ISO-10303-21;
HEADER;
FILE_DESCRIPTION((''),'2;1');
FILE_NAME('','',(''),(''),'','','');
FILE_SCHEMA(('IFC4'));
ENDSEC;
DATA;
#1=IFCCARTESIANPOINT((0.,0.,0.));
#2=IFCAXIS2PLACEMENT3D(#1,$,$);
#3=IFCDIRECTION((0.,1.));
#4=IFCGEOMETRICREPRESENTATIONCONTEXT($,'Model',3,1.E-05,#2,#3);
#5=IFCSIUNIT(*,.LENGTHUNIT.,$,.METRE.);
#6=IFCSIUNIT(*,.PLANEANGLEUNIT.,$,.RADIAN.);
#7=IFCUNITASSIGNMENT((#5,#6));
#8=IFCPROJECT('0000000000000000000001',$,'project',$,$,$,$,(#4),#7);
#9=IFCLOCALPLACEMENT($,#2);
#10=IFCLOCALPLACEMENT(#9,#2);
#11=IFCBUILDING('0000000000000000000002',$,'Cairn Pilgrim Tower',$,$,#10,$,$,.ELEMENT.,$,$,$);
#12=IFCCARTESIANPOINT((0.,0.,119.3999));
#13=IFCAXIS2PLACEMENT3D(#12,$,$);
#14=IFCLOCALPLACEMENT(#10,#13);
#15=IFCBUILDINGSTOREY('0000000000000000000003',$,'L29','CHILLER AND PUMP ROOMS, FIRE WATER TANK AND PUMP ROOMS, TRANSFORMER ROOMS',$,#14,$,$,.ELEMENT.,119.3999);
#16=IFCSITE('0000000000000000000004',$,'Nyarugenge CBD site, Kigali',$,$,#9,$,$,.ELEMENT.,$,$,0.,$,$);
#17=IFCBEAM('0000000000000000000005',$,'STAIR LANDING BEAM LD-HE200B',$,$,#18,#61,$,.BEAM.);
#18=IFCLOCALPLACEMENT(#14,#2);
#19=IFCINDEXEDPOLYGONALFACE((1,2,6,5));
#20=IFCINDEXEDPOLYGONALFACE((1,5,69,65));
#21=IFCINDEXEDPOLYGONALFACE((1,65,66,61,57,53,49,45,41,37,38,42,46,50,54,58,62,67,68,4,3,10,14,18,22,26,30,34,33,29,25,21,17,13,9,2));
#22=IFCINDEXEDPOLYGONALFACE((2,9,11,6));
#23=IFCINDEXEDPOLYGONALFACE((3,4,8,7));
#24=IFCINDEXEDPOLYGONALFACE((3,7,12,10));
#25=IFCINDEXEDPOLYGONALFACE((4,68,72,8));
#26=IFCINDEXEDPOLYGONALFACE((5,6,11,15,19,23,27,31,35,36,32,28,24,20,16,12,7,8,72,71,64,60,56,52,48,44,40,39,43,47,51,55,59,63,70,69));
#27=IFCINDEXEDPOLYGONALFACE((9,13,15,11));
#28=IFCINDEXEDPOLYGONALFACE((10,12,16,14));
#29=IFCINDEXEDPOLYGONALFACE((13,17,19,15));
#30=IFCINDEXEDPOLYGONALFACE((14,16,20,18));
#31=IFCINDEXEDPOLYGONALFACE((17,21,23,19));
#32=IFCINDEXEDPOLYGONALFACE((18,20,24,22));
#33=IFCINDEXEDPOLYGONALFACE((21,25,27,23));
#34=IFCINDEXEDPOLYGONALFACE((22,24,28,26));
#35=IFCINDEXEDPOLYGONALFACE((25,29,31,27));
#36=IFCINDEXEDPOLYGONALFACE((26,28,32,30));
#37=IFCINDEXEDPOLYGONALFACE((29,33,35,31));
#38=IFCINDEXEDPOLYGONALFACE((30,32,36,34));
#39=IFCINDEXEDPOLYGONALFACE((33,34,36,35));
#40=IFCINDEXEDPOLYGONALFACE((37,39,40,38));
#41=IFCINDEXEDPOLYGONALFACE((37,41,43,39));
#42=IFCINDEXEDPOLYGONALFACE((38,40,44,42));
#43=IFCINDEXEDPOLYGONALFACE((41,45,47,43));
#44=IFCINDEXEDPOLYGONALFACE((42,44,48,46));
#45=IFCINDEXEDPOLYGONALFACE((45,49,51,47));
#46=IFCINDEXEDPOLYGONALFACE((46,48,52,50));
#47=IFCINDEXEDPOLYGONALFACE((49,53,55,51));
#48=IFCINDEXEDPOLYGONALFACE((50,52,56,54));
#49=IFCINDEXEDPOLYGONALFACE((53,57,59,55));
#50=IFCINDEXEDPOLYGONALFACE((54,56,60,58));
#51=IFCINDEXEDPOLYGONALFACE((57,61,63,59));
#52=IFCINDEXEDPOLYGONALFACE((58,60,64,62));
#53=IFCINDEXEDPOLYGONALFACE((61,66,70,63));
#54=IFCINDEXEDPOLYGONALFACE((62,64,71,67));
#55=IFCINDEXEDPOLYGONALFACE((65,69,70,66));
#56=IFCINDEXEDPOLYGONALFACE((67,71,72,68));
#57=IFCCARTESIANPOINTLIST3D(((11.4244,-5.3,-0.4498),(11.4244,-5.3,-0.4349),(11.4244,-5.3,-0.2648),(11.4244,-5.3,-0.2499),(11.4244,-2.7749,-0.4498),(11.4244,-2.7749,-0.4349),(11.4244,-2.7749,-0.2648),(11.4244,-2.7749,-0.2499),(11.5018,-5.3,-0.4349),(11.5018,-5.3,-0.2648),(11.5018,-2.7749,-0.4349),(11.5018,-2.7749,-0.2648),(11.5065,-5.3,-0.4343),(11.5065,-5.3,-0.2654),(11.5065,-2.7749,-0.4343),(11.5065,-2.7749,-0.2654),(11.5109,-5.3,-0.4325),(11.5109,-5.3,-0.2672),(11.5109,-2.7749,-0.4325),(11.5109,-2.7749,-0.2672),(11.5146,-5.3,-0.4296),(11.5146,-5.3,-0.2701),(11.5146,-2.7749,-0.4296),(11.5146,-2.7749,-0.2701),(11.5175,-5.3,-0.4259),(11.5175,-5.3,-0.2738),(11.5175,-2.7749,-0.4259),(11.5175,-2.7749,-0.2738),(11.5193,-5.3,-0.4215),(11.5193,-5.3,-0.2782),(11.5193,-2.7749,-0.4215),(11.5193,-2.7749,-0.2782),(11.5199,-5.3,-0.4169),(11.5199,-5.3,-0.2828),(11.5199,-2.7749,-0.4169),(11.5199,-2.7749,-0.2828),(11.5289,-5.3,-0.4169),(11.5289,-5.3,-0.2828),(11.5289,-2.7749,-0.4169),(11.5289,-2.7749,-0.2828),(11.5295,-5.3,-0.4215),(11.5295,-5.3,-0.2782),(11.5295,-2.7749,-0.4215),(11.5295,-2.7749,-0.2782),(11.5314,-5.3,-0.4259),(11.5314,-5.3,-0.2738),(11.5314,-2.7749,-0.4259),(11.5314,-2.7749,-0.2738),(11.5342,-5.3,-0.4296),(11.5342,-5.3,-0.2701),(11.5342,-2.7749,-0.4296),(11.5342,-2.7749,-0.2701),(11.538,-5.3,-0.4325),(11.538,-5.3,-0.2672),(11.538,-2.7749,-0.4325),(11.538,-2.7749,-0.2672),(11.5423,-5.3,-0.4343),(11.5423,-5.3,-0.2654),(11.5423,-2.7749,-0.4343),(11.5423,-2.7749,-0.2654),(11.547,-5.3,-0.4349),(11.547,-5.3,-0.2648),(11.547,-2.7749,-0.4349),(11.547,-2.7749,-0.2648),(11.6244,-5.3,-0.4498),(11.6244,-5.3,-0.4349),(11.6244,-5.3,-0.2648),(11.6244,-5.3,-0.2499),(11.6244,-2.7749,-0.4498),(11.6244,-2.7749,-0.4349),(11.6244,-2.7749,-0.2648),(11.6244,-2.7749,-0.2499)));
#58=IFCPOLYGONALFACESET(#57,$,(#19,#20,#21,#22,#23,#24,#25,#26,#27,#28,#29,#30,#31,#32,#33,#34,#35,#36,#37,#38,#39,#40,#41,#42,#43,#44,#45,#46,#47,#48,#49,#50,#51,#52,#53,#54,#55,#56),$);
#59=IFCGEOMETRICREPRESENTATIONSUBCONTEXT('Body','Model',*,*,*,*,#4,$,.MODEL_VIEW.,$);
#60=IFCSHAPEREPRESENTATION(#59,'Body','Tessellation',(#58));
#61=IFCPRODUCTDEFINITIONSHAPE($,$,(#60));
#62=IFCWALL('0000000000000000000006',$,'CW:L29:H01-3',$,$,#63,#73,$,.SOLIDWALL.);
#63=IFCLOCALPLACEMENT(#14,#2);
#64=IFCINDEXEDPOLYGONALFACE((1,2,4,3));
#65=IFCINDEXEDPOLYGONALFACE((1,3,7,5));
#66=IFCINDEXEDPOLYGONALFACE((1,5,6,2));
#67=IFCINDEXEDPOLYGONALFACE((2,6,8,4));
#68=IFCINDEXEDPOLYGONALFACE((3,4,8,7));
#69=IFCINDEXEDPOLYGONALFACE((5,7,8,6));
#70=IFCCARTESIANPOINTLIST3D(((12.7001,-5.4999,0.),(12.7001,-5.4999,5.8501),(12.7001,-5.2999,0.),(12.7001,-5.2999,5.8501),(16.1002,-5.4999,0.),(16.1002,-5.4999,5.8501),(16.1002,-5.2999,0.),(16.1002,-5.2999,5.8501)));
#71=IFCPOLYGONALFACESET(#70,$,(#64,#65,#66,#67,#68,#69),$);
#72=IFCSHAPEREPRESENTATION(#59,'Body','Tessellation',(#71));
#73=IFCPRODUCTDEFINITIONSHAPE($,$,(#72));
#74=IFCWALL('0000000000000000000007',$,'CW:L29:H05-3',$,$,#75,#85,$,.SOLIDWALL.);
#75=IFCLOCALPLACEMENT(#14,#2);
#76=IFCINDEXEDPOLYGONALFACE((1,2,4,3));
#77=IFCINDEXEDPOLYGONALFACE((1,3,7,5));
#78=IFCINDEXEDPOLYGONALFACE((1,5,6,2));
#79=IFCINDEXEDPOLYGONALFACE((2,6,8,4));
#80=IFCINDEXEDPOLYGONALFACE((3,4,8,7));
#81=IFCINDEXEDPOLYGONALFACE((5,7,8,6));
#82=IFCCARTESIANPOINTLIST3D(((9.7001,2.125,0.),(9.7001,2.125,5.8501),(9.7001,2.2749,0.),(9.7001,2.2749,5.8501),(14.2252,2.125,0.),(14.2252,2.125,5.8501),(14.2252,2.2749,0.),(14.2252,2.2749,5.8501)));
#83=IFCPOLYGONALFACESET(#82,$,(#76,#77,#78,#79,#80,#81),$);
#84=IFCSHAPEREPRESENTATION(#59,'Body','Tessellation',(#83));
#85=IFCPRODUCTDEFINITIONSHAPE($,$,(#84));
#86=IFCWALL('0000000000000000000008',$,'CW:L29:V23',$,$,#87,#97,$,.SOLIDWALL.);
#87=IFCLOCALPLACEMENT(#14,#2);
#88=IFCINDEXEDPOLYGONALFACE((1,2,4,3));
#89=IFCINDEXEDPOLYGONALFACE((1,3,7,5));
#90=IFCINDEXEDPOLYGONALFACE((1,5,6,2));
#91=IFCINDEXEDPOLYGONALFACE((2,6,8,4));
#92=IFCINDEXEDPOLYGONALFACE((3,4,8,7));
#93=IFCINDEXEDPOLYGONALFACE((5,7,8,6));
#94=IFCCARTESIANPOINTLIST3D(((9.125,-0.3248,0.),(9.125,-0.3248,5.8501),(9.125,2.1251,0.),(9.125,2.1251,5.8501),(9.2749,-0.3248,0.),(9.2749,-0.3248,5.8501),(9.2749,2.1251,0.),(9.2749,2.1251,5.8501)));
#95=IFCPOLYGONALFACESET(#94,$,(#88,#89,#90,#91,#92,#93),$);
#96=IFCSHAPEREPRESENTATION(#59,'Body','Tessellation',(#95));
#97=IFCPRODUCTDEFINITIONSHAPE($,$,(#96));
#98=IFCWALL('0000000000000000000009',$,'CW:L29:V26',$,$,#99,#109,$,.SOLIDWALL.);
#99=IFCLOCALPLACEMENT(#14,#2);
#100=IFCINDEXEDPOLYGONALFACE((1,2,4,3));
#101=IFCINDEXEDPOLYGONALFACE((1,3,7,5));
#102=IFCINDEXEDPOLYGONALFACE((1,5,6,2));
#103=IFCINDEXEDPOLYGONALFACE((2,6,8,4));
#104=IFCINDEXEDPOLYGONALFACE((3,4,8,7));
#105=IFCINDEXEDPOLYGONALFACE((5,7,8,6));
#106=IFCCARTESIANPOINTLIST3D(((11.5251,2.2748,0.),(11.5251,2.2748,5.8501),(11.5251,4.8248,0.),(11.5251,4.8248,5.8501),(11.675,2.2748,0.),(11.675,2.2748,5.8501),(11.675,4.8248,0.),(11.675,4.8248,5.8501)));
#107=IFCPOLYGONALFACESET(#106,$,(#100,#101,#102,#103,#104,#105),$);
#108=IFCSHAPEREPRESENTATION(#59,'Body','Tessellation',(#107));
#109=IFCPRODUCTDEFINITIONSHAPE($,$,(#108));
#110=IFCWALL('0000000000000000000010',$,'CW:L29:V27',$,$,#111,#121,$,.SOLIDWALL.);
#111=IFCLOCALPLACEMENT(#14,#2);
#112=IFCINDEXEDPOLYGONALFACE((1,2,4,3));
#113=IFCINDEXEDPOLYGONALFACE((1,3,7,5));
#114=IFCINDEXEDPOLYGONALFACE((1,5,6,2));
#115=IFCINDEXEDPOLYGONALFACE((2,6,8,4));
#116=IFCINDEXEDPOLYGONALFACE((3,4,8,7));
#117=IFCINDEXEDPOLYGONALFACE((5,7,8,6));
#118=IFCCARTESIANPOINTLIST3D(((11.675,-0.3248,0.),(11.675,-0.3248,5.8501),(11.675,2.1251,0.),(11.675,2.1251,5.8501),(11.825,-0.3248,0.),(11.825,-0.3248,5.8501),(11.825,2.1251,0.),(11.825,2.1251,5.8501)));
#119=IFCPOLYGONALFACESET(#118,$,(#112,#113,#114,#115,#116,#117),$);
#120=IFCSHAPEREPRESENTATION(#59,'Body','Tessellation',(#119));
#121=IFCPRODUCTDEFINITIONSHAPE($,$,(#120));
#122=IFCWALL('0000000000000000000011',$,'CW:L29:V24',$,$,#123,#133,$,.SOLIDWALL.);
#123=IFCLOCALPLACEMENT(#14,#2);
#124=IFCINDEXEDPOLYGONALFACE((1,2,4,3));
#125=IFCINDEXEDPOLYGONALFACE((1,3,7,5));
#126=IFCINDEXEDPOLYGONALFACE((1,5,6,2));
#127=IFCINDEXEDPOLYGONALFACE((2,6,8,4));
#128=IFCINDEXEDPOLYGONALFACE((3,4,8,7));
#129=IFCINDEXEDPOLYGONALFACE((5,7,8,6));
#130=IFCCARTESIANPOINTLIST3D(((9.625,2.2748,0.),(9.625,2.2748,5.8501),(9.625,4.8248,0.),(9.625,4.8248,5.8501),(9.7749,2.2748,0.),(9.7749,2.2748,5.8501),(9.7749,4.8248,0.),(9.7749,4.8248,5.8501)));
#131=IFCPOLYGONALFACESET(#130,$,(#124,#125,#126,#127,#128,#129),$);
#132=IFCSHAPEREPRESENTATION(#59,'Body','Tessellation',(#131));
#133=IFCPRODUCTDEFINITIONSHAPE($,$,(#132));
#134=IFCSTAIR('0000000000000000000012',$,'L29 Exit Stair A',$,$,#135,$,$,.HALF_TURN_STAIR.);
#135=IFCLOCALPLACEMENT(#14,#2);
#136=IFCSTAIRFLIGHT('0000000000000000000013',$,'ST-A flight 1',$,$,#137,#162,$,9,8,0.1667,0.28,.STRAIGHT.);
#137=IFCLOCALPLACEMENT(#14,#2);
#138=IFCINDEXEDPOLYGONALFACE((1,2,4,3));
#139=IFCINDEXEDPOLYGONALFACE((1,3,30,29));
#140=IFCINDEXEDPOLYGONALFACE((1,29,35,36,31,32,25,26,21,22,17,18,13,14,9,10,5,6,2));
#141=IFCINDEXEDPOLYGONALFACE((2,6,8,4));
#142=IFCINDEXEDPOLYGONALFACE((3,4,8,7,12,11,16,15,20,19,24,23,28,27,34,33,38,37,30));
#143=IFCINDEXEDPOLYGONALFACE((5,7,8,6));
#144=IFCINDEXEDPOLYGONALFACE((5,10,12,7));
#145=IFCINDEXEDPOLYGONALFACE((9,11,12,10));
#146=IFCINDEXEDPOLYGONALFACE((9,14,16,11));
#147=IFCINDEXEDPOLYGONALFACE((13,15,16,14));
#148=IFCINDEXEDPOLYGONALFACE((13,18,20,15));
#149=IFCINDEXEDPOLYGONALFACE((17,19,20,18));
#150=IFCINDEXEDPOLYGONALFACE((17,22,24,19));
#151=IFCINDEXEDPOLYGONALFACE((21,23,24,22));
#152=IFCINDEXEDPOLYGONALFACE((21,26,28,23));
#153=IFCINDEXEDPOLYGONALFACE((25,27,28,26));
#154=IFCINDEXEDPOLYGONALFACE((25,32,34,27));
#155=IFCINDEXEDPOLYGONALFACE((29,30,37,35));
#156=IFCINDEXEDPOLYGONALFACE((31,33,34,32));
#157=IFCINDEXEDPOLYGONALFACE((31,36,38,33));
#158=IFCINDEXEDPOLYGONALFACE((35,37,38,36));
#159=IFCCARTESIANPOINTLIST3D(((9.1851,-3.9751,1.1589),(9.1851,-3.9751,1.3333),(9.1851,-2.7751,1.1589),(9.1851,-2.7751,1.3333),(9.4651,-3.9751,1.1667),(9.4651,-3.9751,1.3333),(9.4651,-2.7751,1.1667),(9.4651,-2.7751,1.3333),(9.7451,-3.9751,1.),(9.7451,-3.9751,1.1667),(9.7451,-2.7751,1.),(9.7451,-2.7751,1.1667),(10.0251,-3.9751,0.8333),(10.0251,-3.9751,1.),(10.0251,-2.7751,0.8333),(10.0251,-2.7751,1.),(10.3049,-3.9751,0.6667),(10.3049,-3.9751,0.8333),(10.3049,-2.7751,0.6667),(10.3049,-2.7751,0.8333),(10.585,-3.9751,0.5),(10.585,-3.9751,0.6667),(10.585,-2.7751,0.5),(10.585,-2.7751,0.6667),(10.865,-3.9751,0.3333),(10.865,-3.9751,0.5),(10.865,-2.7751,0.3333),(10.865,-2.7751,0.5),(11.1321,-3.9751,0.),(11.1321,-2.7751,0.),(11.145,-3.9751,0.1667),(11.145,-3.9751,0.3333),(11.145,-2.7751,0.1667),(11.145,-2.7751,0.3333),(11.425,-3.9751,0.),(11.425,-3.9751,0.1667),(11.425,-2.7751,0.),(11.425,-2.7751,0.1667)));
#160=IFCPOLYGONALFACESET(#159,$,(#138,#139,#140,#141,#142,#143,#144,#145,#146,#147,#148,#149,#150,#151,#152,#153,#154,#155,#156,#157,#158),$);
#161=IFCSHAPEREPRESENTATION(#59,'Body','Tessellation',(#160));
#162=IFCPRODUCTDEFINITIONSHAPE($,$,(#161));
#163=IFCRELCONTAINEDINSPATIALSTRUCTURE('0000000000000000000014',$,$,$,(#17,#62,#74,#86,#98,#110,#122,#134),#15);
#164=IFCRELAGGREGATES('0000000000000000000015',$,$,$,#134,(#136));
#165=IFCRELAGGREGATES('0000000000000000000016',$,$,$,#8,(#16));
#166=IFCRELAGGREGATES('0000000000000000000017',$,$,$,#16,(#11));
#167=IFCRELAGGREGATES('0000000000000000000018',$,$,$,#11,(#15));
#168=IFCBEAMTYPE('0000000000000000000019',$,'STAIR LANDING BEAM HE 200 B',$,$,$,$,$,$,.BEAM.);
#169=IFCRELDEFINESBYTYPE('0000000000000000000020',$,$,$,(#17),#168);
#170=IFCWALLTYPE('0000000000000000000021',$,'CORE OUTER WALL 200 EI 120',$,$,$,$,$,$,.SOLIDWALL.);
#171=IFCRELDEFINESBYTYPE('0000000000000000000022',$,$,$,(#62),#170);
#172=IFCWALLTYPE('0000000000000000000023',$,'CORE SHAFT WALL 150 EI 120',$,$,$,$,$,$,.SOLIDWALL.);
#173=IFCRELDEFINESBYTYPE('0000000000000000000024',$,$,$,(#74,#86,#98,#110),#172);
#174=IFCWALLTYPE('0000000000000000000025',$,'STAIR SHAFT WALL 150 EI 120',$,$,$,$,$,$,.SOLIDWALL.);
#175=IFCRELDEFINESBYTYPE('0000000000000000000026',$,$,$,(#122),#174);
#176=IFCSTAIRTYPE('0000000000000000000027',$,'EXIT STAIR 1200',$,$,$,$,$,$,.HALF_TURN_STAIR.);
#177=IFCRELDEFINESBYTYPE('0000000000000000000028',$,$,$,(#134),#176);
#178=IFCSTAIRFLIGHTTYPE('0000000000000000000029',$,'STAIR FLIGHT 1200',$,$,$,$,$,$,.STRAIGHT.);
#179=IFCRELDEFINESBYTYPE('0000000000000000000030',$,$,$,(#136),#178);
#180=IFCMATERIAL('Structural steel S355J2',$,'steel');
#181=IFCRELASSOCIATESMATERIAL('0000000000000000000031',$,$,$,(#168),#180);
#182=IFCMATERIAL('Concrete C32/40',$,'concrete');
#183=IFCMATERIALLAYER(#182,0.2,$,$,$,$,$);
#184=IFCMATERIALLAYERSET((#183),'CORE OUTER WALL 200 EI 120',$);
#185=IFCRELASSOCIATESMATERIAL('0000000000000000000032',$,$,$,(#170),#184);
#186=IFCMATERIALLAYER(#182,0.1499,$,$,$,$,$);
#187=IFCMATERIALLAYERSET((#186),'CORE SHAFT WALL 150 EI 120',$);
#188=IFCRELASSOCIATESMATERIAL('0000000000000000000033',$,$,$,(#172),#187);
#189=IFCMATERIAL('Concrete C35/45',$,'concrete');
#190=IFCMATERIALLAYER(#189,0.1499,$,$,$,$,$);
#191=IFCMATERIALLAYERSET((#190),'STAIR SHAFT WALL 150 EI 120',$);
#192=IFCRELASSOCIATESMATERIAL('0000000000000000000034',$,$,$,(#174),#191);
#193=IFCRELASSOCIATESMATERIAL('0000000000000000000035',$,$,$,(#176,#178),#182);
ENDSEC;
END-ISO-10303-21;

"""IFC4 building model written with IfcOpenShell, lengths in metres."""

from ifc_helpers import new_model, si_unit, direction, frame, frame_2d, origin, origin_2d, place, context, subcontext, project, spatial, polyline, rectangle, i_section, outline, extrude, material, layer, layer_set, material_profile, profile_set, type_object, element, aggregate, save


model = new_model("IFC4")

# Units and contexts
model_context = context("Model", 3, precision=1e-05, world=origin(), true_north=direction((0.0, 1.0)))
body_context = subcontext(model_context, "Body", "Model", "MODEL_VIEW")
ifc_project = project(units=[si_unit("LENGTHUNIT", "METRE"), si_unit("PLANEANGLEUNIT", "RADIAN")], contexts=[model_context])

# Site, building, storey
site_placement = place(None, origin())
site = spatial("IfcSite", under=ifc_project, at=site_placement, Name="Nyarugenge CBD site, Kigali", CompositionType="ELEMENT", RefElevation=0.0)
building_placement = place(site_placement, origin())
building = spatial("IfcBuilding", under=site, at=building_placement, Name="Cairn Pilgrim Tower", CompositionType="ELEMENT")
storey_placement = place(building_placement, frame((0.0, 0.0, 119.3999)))
storey = spatial("IfcBuildingStorey", under=building, at=storey_placement, Name="L29", Description="CHILLER AND PUMP ROOMS, FIRE WATER TANK AND PUMP ROOMS, TRANSFORMER ROOMS", CompositionType="ELEMENT", Elevation=119.3999)

# Beam
ifc_material_1 = material(Name="Structural steel S355J2", Category="steel")
ifc_material_profile = material_profile(ifc_material_1, i_section(OverallWidth=0.2, OverallDepth=0.2, WebThickness=0.009, FlangeThickness=0.0149, FilletRadius=0.0181, at=origin_2d()), Name="HE 200 B")
ifc_profile_set = profile_set([ifc_material_profile], Name="Structural steel S355J2")
beam_type = type_object("IfcBeamType", Name="STAIR LANDING BEAM HE 200 B", PredefinedType="BEAM", material=ifc_profile_set)
beam_placement = place(storey_placement, frame((11.5244, -2.7749, -0.3499), z_axis=(0.0, -1.0, 0.0), x_axis=(1.0, 0.0, 0.0)))
element("IfcBeam", 1, at=beam_placement, inside=storey, type_object=beam_type, Name="STAIR LANDING BEAM LD-HE200B", PredefinedType="BEAM", context=body_context, shape_type="SweptSolid", body=[
    extrude(i_section(OverallWidth=0.2, OverallDepth=0.2, WebThickness=0.009, FlangeThickness=0.0149, FilletRadius=0.0181, at=origin_2d()), origin(), (0.0, 0.0, 1.0), 2.5251),
])

# Walls
ifc_material_2 = material(Name="Concrete C32/40", Category="concrete")
ifc_layer_1 = layer(ifc_material_2, 0.2)
ifc_layer_set_1 = layer_set([ifc_layer_1], Name="CORE OUTER WALL 200 EI 120")
wall_type_1 = type_object("IfcWallType", Name="CORE OUTER WALL 200 EI 120", PredefinedType="SOLIDWALL", material=ifc_layer_set_1)
wall_1_placement = place(storey_placement, frame((12.7, -5.3999, 0.0), z_axis=(0.0, 0.0, 1.0), x_axis=(1.0, 0.0, 0.0)))
element("IfcWall", 2, at=wall_1_placement, inside=storey, type_object=wall_type_1, Name="CW:L29:H01-3", PredefinedType="SOLIDWALL", context=body_context, shape_type="SweptSolid", body=[
    extrude(rectangle(XDim=3.4001, YDim=0.2, at=frame_2d((1.7002, 0.0))), origin(), (0.0, 0.0, 1.0), 5.8501),
])
ifc_layer_2 = layer(ifc_material_2, 0.1499)
ifc_layer_set_2 = layer_set([ifc_layer_2], Name="CORE SHAFT WALL 150 EI 120")
wall_type_2 = type_object("IfcWallType", Name="CORE SHAFT WALL 150 EI 120", PredefinedType="SOLIDWALL", material=ifc_layer_set_2)
wall_2_placement = place(storey_placement, frame((9.7, 2.2, 0.0), z_axis=(0.0, 0.0, 1.0), x_axis=(1.0, 0.0, 0.0)))
element("IfcWall", 3, at=wall_2_placement, inside=storey, type_object=wall_type_2, Name="CW:L29:H05-3", PredefinedType="SOLIDWALL", context=body_context, shape_type="SweptSolid", body=[
    extrude(rectangle(XDim=4.5251, YDim=0.1499, at=frame_2d((2.2627, 0.0))), origin(), (0.0, 0.0, 1.0), 5.8501),
])
wall_3_placement = place(storey_placement, frame((9.2, -0.325, 0.0), z_axis=(0.0, 0.0, 1.0), x_axis=(0.0, 1.0, 0.0)))
element("IfcWall", 4, at=wall_3_placement, inside=storey, type_object=wall_type_2, Name="CW:L29:V23", PredefinedType="SOLIDWALL", context=body_context, shape_type="SweptSolid", body=[
    extrude(rectangle(XDim=2.45, YDim=0.1499, at=frame_2d((1.2251, 0.0))), origin(), (0.0, 0.0, 1.0), 5.8501),
])
wall_4_placement = place(storey_placement, frame((11.6001, 2.2749, 0.0), z_axis=(0.0, 0.0, 1.0), x_axis=(0.0, 1.0, 0.0)))
element("IfcWall", 5, at=wall_4_placement, inside=storey, type_object=wall_type_2, Name="CW:L29:V26", PredefinedType="SOLIDWALL", context=body_context, shape_type="SweptSolid", body=[
    extrude(rectangle(XDim=2.55, YDim=0.1499, at=frame_2d((1.2749, 0.0))), origin(), (0.0, 0.0, 1.0), 5.8501),
])
wall_5_placement = place(storey_placement, frame((11.75, -0.325, 0.0), z_axis=(0.0, 0.0, 1.0), x_axis=(0.0, 1.0, 0.0)))
element("IfcWall", 6, at=wall_5_placement, inside=storey, type_object=wall_type_2, Name="CW:L29:V27", PredefinedType="SOLIDWALL", context=body_context, shape_type="SweptSolid", body=[
    extrude(rectangle(XDim=2.45, YDim=0.1499, at=frame_2d((1.2251, 0.0))), origin(), (0.0, 0.0, 1.0), 5.8501),
])
ifc_material_3 = material(Name="Concrete C35/45", Category="concrete")
ifc_layer_3 = layer(ifc_material_3, 0.1499)
ifc_layer_set_3 = layer_set([ifc_layer_3], Name="STAIR SHAFT WALL 150 EI 120")
wall_type_3 = type_object("IfcWallType", Name="STAIR SHAFT WALL 150 EI 120", PredefinedType="SOLIDWALL", material=ifc_layer_set_3)
wall_6_placement = place(storey_placement, frame((9.7, 2.2749, 0.0), z_axis=(0.0, 0.0, 1.0), x_axis=(0.0, 1.0, 0.0)))
element("IfcWall", 7, at=wall_6_placement, inside=storey, type_object=wall_type_3, Name="CW:L29:V24", PredefinedType="SOLIDWALL", context=body_context, shape_type="SweptSolid", body=[
    extrude(rectangle(XDim=2.55, YDim=0.1499, at=frame_2d((1.2749, 0.0))), origin(), (0.0, 0.0, 1.0), 5.8501),
])

# Stair, stair flight
stair_type = type_object("IfcStairType", Name="EXIT STAIR 1200", PredefinedType="HALF_TURN_STAIR", material=ifc_material_2)
stair_placement = place(storey_placement, origin())
stair = element("IfcStair", 8, at=stair_placement, inside=storey, type_object=stair_type, Name="L29 Exit Stair A", PredefinedType="HALF_TURN_STAIR")
stair_flight_type = type_object("IfcStairFlightType", Name="STAIR FLIGHT 1200", PredefinedType="STRAIGHT", material=ifc_material_2)
stair_flight_1_placement = place(storey_placement, frame((11.425, -3.375, 0.0), z_axis=(0.0, 0.0, 1.0), x_axis=(-1.0, 0.0, 0.0)))
stair_flight_1 = element("IfcStairFlight", 9, at=stair_flight_1_placement, type_object=stair_flight_type, Name="ST-A flight 1", NumberOfRisers=9, NumberOfTreads=8, PredefinedType="STRAIGHT", RiserHeight=0.1667, TreadLength=0.28, context=body_context, shape_type="SweptSolid", body=[
    extrude(outline(polyline([(0.0, 0.0), (0.0, 0.1667), (0.28, 0.1667), (0.28, 0.3333), (0.5601, 0.3333), (0.5601, 0.5), (0.8401, 0.5), (0.8401, 0.6667), (1.1201, 0.6667), (1.1201, 0.8333), (1.3999, 0.8333), (1.3999, 1.0), (1.6799, 1.0), (1.6799, 1.1667), (1.96, 1.1667), (1.96, 1.3333), (2.24, 1.3333), (2.24, 1.5), (2.24, 1.1589), (0.293, 0.0), (0.0, 0.0)])), frame((0.0, 0.6001, 0.0), z_axis=(0.0, -1.0, 0.0), x_axis=(1.0, 0.0, 0.0)), (0.0, 0.0, 1.0), 1.2),
])
aggregate(stair, [stair_flight_1])

save(model, "model.ifc")
